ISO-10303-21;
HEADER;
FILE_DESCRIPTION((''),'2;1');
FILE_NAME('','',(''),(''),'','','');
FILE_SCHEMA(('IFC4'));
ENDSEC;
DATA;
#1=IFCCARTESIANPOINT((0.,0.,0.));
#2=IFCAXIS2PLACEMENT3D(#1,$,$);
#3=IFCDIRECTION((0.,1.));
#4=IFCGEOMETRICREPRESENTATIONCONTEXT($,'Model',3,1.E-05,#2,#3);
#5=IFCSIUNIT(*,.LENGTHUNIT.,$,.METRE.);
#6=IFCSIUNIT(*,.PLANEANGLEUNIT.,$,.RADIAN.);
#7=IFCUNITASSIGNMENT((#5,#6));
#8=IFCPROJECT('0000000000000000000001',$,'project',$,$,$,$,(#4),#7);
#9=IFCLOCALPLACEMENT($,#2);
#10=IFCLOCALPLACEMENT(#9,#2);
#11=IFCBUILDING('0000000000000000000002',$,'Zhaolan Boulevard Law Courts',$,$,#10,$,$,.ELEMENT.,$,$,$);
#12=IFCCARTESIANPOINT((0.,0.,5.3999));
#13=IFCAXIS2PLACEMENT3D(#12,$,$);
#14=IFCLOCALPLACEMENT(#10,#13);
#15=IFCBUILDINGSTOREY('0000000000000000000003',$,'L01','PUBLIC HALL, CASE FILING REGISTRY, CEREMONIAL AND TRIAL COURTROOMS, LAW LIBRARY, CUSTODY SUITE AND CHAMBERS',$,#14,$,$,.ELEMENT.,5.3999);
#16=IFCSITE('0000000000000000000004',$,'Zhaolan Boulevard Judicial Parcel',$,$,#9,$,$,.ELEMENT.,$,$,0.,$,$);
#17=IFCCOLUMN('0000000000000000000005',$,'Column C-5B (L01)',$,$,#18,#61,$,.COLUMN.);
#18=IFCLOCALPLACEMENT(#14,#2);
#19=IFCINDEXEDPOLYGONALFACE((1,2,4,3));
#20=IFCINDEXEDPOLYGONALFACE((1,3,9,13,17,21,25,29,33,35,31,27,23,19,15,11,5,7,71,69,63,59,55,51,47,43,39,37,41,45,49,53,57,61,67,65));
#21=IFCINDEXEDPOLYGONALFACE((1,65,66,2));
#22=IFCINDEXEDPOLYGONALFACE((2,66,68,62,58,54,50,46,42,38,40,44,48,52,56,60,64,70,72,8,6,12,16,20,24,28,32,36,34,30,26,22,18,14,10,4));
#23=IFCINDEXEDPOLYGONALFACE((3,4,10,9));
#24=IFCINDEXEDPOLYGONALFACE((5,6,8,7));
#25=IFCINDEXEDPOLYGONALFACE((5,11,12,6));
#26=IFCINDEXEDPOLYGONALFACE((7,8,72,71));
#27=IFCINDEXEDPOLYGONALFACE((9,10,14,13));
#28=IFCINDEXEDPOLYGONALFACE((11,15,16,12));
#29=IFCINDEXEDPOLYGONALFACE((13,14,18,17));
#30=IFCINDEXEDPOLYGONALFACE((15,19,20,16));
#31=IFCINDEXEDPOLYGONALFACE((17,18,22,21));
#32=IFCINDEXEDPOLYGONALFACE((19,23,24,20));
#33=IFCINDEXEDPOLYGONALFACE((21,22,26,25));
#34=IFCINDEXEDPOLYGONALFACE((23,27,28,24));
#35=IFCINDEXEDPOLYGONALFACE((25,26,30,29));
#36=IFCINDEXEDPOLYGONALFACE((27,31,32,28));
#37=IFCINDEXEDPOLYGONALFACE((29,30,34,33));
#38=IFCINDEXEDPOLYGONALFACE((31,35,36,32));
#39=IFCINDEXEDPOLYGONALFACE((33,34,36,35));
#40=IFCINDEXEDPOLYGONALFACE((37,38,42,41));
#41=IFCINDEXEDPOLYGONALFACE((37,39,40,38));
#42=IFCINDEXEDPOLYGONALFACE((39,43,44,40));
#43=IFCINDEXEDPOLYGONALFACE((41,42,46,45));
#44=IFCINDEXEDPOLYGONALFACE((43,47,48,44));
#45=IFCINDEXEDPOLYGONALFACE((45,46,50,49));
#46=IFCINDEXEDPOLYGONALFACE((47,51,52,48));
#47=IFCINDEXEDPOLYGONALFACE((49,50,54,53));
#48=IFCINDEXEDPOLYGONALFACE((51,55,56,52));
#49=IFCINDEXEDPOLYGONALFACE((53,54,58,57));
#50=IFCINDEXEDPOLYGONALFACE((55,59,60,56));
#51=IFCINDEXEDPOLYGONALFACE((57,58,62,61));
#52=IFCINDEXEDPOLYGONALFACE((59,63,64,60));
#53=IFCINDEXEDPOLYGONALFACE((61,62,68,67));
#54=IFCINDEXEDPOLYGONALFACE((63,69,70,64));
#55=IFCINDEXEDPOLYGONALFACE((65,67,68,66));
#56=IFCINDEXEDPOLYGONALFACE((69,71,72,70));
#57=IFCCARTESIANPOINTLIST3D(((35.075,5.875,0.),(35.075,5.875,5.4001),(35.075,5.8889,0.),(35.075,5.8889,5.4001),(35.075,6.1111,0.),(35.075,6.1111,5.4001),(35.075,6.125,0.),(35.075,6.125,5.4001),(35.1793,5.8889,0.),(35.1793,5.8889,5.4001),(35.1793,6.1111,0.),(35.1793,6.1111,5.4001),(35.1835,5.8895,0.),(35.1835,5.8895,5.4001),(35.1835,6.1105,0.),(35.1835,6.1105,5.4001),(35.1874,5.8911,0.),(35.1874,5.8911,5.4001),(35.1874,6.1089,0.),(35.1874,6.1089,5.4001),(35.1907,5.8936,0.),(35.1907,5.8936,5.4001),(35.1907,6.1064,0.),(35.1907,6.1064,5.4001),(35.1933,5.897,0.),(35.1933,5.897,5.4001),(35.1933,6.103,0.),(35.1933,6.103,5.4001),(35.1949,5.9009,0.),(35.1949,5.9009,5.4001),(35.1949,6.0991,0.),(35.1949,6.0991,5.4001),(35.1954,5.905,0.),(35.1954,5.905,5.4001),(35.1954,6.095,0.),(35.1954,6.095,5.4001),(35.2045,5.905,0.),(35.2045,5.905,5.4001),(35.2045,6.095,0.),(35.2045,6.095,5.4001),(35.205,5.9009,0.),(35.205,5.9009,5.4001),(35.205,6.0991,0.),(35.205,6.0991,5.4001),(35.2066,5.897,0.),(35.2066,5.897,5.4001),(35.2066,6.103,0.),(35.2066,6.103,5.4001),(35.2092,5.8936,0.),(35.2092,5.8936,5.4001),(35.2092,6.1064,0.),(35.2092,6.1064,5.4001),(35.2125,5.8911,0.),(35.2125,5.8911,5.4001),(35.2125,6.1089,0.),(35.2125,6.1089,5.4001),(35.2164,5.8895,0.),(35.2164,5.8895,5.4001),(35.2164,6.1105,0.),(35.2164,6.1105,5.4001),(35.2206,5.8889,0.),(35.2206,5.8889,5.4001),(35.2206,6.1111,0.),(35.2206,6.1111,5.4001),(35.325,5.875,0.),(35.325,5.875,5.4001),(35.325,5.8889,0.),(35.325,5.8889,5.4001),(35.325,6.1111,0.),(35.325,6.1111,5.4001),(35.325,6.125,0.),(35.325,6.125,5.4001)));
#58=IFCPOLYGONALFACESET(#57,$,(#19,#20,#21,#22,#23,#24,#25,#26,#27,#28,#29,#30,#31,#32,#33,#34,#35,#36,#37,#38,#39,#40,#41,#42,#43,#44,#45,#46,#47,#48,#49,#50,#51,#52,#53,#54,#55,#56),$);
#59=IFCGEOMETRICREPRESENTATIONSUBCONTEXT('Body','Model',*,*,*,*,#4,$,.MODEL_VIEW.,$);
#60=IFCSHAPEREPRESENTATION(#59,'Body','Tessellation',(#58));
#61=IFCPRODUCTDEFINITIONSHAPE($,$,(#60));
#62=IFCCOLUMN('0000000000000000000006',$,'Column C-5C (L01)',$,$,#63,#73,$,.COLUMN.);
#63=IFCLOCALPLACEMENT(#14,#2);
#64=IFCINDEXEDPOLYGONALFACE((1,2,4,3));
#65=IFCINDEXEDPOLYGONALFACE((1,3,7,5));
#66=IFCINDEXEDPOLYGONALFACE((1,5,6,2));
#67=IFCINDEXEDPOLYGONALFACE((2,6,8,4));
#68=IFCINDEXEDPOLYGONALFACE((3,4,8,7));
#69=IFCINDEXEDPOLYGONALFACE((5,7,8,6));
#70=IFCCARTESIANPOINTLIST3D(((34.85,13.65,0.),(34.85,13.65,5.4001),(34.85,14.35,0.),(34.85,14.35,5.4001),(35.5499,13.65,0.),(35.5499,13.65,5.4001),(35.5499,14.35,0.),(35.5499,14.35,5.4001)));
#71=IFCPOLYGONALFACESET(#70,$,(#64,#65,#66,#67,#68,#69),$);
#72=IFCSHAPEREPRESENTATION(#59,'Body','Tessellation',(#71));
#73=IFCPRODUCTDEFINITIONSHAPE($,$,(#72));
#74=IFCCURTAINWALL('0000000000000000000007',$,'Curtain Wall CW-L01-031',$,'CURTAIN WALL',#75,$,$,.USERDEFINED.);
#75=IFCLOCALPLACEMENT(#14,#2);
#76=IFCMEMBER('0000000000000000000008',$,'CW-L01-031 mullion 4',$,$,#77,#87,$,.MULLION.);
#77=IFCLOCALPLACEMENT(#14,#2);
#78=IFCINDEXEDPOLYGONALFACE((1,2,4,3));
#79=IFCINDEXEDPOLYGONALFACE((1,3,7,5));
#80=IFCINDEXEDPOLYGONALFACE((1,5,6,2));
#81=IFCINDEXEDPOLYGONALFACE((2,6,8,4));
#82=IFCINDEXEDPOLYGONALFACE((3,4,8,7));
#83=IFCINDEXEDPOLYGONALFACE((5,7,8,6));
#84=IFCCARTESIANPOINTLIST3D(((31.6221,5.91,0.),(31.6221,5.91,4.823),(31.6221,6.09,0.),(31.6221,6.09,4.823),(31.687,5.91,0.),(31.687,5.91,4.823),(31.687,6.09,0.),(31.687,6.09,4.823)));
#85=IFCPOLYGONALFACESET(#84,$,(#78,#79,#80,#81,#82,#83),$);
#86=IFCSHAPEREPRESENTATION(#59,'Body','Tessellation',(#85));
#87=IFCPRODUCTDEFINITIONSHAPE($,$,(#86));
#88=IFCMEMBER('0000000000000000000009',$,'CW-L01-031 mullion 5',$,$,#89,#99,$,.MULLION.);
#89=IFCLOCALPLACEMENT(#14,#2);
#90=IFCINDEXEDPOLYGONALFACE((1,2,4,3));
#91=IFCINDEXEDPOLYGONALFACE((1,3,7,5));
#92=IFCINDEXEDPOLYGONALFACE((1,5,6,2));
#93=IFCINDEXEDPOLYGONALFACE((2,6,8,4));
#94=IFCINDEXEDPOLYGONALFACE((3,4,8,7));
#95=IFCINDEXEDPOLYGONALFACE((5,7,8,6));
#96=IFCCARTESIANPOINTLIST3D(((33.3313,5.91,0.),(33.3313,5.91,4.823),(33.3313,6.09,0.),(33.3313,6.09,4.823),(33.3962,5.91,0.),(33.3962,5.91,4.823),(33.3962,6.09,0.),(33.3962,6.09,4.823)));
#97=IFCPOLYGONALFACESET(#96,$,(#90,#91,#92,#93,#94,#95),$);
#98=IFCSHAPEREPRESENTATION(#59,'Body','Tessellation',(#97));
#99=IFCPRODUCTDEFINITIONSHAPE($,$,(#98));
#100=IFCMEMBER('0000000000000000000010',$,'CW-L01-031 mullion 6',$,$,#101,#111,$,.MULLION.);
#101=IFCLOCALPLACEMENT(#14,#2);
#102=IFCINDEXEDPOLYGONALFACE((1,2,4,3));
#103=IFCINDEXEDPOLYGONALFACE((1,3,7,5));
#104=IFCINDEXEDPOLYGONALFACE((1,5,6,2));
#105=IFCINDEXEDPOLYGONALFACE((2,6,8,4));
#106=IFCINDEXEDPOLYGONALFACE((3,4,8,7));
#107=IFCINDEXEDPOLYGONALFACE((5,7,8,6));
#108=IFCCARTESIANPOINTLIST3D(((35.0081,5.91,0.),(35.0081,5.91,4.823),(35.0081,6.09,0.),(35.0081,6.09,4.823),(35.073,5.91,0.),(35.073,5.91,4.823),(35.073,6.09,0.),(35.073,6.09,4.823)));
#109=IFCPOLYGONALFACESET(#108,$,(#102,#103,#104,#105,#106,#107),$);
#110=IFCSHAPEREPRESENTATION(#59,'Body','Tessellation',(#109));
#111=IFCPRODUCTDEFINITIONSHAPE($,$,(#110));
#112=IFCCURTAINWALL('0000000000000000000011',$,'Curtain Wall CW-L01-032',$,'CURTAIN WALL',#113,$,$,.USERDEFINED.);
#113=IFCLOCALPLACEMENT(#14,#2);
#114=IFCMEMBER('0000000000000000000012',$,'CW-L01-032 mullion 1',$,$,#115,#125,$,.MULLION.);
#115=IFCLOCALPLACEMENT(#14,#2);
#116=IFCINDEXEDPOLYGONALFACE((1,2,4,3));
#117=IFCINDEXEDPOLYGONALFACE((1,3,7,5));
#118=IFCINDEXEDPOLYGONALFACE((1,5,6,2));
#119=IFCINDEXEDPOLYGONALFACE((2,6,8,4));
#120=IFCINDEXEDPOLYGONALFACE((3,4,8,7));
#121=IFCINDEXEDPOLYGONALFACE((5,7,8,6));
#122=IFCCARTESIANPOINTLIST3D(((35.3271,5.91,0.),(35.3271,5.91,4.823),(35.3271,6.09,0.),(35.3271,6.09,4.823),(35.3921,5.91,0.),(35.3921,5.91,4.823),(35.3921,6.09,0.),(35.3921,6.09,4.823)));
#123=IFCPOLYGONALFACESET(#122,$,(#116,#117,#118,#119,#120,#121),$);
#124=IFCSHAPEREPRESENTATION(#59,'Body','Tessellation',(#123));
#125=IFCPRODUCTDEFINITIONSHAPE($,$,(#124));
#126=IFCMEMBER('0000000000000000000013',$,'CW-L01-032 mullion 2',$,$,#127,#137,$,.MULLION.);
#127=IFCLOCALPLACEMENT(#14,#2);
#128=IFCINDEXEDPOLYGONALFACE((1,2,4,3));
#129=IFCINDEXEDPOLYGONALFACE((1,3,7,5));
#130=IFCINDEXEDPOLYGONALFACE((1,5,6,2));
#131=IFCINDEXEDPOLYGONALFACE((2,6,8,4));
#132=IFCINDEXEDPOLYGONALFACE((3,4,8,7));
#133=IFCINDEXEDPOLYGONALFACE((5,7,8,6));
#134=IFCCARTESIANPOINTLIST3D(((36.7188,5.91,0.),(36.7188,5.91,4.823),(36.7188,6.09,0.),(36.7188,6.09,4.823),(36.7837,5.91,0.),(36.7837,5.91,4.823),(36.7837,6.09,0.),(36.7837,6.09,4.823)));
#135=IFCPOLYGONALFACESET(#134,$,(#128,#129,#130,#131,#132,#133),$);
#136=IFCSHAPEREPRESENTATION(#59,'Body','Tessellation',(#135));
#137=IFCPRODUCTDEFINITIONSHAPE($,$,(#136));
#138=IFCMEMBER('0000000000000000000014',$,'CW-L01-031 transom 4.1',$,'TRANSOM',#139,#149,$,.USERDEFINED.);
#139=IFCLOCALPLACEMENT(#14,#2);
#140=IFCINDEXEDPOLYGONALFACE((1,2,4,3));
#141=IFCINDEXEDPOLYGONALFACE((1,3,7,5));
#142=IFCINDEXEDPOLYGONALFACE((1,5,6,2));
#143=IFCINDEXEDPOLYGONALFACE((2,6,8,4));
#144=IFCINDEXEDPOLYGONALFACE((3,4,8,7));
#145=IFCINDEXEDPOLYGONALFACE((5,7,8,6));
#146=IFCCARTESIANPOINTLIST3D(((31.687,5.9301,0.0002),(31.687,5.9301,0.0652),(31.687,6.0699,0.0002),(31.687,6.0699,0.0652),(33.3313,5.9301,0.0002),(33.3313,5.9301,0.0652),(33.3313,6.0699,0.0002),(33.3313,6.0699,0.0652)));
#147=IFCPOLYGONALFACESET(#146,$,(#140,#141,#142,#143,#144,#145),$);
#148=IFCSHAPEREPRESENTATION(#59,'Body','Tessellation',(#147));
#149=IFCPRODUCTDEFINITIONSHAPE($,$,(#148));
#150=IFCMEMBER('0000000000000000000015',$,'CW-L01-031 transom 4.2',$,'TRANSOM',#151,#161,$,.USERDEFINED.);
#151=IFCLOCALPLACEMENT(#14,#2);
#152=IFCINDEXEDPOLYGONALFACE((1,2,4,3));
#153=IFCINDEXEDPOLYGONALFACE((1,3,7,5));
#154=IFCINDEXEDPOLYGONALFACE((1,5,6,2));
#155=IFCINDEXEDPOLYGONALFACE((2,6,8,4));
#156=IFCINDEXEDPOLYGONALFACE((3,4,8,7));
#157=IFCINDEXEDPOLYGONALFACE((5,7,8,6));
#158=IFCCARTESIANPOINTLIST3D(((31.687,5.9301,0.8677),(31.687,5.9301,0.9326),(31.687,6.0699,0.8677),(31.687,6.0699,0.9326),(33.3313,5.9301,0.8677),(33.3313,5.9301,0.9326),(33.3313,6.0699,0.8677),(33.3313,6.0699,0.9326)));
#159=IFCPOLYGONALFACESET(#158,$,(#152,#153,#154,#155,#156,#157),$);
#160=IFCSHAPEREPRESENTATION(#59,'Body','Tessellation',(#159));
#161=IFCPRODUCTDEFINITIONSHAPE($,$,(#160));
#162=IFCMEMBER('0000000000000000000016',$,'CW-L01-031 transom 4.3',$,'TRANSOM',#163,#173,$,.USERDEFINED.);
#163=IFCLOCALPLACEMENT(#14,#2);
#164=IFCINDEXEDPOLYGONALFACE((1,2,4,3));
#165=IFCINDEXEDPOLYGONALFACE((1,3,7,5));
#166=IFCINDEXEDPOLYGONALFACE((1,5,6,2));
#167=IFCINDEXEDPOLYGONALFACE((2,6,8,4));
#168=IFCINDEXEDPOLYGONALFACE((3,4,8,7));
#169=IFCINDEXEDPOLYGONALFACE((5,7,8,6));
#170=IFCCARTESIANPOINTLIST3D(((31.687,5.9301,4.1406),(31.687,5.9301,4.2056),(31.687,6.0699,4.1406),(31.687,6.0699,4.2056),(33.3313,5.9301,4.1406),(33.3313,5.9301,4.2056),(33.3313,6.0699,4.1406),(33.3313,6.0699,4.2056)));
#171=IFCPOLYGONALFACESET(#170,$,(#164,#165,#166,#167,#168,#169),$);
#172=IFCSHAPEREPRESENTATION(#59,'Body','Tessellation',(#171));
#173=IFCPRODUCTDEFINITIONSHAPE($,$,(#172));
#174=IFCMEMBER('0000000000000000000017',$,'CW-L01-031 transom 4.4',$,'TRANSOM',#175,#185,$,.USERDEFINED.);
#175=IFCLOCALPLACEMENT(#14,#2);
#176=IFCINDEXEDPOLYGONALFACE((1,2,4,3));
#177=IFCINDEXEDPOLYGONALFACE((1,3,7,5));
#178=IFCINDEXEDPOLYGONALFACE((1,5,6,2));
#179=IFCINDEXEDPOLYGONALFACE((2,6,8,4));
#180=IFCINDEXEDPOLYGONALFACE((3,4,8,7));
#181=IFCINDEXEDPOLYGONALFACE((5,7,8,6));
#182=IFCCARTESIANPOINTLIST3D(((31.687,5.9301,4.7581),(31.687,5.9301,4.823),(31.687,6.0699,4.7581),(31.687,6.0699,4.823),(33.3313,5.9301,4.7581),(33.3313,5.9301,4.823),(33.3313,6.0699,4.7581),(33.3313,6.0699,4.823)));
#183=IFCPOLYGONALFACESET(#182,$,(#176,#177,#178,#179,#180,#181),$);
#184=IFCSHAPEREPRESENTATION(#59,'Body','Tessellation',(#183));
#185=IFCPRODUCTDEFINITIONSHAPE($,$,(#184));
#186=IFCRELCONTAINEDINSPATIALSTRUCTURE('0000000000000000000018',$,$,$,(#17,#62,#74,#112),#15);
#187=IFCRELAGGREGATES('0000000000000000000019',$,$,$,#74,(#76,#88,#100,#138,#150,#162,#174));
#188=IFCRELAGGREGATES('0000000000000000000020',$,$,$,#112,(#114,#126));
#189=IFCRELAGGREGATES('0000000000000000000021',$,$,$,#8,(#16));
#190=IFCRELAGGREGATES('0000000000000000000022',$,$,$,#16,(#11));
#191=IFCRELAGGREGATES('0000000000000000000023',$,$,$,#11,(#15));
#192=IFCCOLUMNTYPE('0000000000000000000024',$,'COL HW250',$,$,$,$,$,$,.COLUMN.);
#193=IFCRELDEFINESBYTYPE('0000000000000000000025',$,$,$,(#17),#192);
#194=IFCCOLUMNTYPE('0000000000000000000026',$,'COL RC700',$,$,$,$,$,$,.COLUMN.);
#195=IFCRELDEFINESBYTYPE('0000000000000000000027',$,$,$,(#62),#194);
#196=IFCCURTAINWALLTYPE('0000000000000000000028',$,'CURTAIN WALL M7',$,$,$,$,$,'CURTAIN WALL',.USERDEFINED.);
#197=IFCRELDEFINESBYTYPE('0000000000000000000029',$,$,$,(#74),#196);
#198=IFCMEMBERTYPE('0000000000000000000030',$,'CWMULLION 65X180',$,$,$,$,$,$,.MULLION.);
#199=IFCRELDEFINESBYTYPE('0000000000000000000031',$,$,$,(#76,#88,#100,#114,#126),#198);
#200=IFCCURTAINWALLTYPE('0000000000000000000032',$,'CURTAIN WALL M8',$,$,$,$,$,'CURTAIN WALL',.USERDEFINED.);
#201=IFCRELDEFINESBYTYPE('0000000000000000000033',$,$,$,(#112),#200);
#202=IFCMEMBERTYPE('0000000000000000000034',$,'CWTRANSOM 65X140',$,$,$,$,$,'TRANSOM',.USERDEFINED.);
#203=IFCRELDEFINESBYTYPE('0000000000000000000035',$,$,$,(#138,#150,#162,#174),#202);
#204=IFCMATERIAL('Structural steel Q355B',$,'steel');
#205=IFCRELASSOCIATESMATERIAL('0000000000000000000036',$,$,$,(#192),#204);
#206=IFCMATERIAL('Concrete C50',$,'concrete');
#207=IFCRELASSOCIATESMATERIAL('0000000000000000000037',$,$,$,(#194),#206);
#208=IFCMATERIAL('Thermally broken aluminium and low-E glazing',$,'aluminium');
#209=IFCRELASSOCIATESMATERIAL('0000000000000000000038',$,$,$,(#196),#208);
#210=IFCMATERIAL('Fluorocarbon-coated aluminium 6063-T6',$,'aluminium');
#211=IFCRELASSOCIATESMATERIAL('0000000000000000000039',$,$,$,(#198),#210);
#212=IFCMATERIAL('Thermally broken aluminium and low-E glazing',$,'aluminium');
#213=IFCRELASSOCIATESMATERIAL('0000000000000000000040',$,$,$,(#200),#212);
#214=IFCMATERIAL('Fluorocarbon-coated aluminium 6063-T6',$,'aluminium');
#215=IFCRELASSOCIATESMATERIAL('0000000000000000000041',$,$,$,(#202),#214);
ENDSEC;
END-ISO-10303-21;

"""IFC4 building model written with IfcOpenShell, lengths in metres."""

from ifc_helpers import new_model, si_unit, direction, frame, origin, origin_2d, place, context, subcontext, project, spatial, rectangle, i_section, extrude, material, material_profile, profile_set, type_object, element, aggregate, save


model = new_model("IFC4")

# Units and contexts
model_context = context("Model", 3, precision=1e-05, world=origin(), true_north=direction((0.0, 1.0)))
body_context = subcontext(model_context, "Body", "Model", "MODEL_VIEW")
ifc_project = project(units=[si_unit("LENGTHUNIT", "METRE"), si_unit("PLANEANGLEUNIT", "RADIAN")], contexts=[model_context])

# Site, building, storey
site_placement = place(None, origin())
site = spatial("IfcSite", under=ifc_project, at=site_placement, Name="Zhaolan Boulevard Judicial Parcel", CompositionType="ELEMENT", RefElevation=0.0)
building_placement = place(site_placement, origin())
building = spatial("IfcBuilding", under=site, at=building_placement, Name="Zhaolan Boulevard Law Courts", CompositionType="ELEMENT")
storey_placement = place(building_placement, frame((0.0, 0.0, 5.3999)))
storey = spatial("IfcBuildingStorey", under=building, at=storey_placement, Name="L01", Description="PUBLIC HALL, CASE FILING REGISTRY, CEREMONIAL AND TRIAL COURTROOMS, LAW LIBRARY, CUSTODY SUITE AND CHAMBERS", CompositionType="ELEMENT", Elevation=5.3999)

# Columns
ifc_material_1 = material(Name="Structural steel Q355B", Category="steel")
ifc_material_profile_1 = material_profile(ifc_material_1, i_section(OverallWidth=0.25, OverallDepth=0.25, WebThickness=0.009, FlangeThickness=0.0139, FilletRadius=0.0161, at=origin_2d()), Name="HW250x250")
ifc_profile_set_1 = profile_set([ifc_material_profile_1], Name="Structural steel Q355B")
column_type_1 = type_object("IfcColumnType", Name="COL HW250", PredefinedType="COLUMN", material=ifc_profile_set_1)
column_1_placement = place(storey_placement, frame((35.2, 6.0, 0.0), z_axis=(0.0, 0.0, 1.0), x_axis=(1.0, 0.0, 0.0)))
element("IfcColumn", 1, at=column_1_placement, inside=storey, type_object=column_type_1, Name="Column C-5B (L01)", PredefinedType="COLUMN", context=body_context, shape_type="SweptSolid", body=[
    extrude(i_section(OverallWidth=0.25, OverallDepth=0.25, WebThickness=0.009, FlangeThickness=0.0139, FilletRadius=0.0161, at=origin_2d()), origin(), (0.0, 0.0, 1.0), 5.4001),
])
ifc_material_2 = material(Name="Concrete C50", Category="concrete")
ifc_material_profile_2 = material_profile(ifc_material_2, rectangle(XDim=0.7, YDim=0.7, at=origin_2d()), Name="RC700x700")
ifc_profile_set_2 = profile_set([ifc_material_profile_2], Name="Concrete C50")
column_type_2 = type_object("IfcColumnType", Name="COL RC700", PredefinedType="COLUMN", material=ifc_profile_set_2)
column_2_placement = place(storey_placement, frame((35.2, 14.0, 0.0), z_axis=(0.0, 0.0, 1.0), x_axis=(1.0, 0.0, 0.0)))
element("IfcColumn", 2, at=column_2_placement, inside=storey, type_object=column_type_2, Name="Column C-5C (L01)", PredefinedType="COLUMN", context=body_context, shape_type="SweptSolid", body=[
    extrude(rectangle(XDim=0.7, YDim=0.7, at=origin_2d()), origin(), (0.0, 0.0, 1.0), 5.4001),
])

# Curtain walls, members
ifc_material_3 = material(Name="Thermally broken aluminium and low-E glazing", Category="aluminium")
curtain_wall_type_1 = type_object("IfcCurtainWallType", Name="CURTAIN WALL M7", ElementType="CURTAIN WALL", PredefinedType="USERDEFINED", material=ifc_material_3)
curtain_wall_1_placement = place(storey_placement, origin())
curtain_wall_1 = element("IfcCurtainWall", 3, at=curtain_wall_1_placement, inside=storey, type_object=curtain_wall_type_1, Name="Curtain Wall CW-L01-031", ObjectType="CURTAIN WALL", PredefinedType="USERDEFINED")
ifc_material_4 = material(Name="Fluorocarbon-coated aluminium 6063-T6", Category="aluminium")
ifc_material_profile_3 = material_profile(ifc_material_4, rectangle(XDim=0.1799, YDim=0.0649, at=origin_2d()), Name="AL65x180")
ifc_profile_set_3 = profile_set([ifc_material_profile_3], Name="Fluorocarbon-coated aluminium 6063-T6")
member_type_1 = type_object("IfcMemberType", Name="CWMULLION 65X180", PredefinedType="MULLION", material=ifc_profile_set_3)
member_1_placement = place(storey_placement, frame((31.6545, 6.0, 0.0), z_axis=(0.0, 0.0, 1.0), x_axis=(0.0, 1.0, 0.0)))
member_1 = element("IfcMember", 4, at=member_1_placement, type_object=member_type_1, Name="CW-L01-031 mullion 4", PredefinedType="MULLION", context=body_context, shape_type="SweptSolid", body=[
    extrude(rectangle(XDim=0.1799, YDim=0.0649, at=origin_2d()), origin(), (0.0, 0.0, 1.0), 4.823),
])
member_2_placement = place(storey_placement, frame((33.3638, 6.0, 0.0), z_axis=(0.0, 0.0, 1.0), x_axis=(0.0, 1.0, 0.0)))
member_2 = element("IfcMember", 5, at=member_2_placement, type_object=member_type_1, Name="CW-L01-031 mullion 5", PredefinedType="MULLION", context=body_context, shape_type="SweptSolid", body=[
    extrude(rectangle(XDim=0.1799, YDim=0.0649, at=origin_2d()), origin(), (0.0, 0.0, 1.0), 4.823),
])
member_3_placement = place(storey_placement, frame((35.0405, 6.0, 0.0), z_axis=(0.0, 0.0, 1.0), x_axis=(0.0, 1.0, 0.0)))
member_3 = element("IfcMember", 6, at=member_3_placement, type_object=member_type_1, Name="CW-L01-031 mullion 6", PredefinedType="MULLION", context=body_context, shape_type="SweptSolid", body=[
    extrude(rectangle(XDim=0.1799, YDim=0.0649, at=origin_2d()), origin(), (0.0, 0.0, 1.0), 4.823),
])
ifc_material_5 = material(Name="Thermally broken aluminium and low-E glazing", Category="aluminium")
curtain_wall_type_2 = type_object("IfcCurtainWallType", Name="CURTAIN WALL M8", ElementType="CURTAIN WALL", PredefinedType="USERDEFINED", material=ifc_material_5)
curtain_wall_2_placement = place(storey_placement, origin())
curtain_wall_2 = element("IfcCurtainWall", 7, at=curtain_wall_2_placement, inside=storey, type_object=curtain_wall_type_2, Name="Curtain Wall CW-L01-032", ObjectType="CURTAIN WALL", PredefinedType="USERDEFINED")
member_4_placement = place(storey_placement, frame((35.3596, 6.0, 0.0), z_axis=(0.0, 0.0, 1.0), x_axis=(0.0, 1.0, 0.0)))
member_4 = element("IfcMember", 8, at=member_4_placement, type_object=member_type_1, Name="CW-L01-032 mullion 1", PredefinedType="MULLION", context=body_context, shape_type="SweptSolid", body=[
    extrude(rectangle(XDim=0.1799, YDim=0.0649, at=origin_2d()), origin(), (0.0, 0.0, 1.0), 4.823),
])
member_5_placement = place(storey_placement, frame((36.7512, 6.0, 0.0), z_axis=(0.0, 0.0, 1.0), x_axis=(0.0, 1.0, 0.0)))
member_5 = element("IfcMember", 9, at=member_5_placement, type_object=member_type_1, Name="CW-L01-032 mullion 2", PredefinedType="MULLION", context=body_context, shape_type="SweptSolid", body=[
    extrude(rectangle(XDim=0.1799, YDim=0.0649, at=origin_2d()), origin(), (0.0, 0.0, 1.0), 4.823),
])

# Members
ifc_material_6 = material(Name="Fluorocarbon-coated aluminium 6063-T6", Category="aluminium")
ifc_material_profile_4 = material_profile(ifc_material_6, rectangle(XDim=0.1399, YDim=0.0649, at=origin_2d()), Name="AL65x140")
ifc_profile_set_4 = profile_set([ifc_material_profile_4], Name="Fluorocarbon-coated aluminium 6063-T6")
member_type_2 = type_object("IfcMemberType", Name="CWTRANSOM 65X140", ElementType="TRANSOM", PredefinedType="USERDEFINED", material=ifc_profile_set_4)
member_6_placement = place(storey_placement, frame((31.687, 6.0, 0.0327), z_axis=(1.0, 0.0, 0.0), x_axis=(0.0, 1.0, 0.0)))
member_6 = element("IfcMember", 10, at=member_6_placement, type_object=member_type_2, Name="CW-L01-031 transom 4.1", ObjectType="TRANSOM", PredefinedType="USERDEFINED", context=body_context, shape_type="SweptSolid", body=[
    extrude(rectangle(XDim=0.1399, YDim=0.0649, at=origin_2d()), origin(), (0.0, 0.0, 1.0), 1.6443),
])
member_7_placement = place(storey_placement, frame((31.687, 6.0, 0.9001), z_axis=(1.0, 0.0, 0.0), x_axis=(0.0, 1.0, 0.0)))
member_7 = element("IfcMember", 11, at=member_7_placement, type_object=member_type_2, Name="CW-L01-031 transom 4.2", ObjectType="TRANSOM", PredefinedType="USERDEFINED", context=body_context, shape_type="SweptSolid", body=[
    extrude(rectangle(XDim=0.1399, YDim=0.0649, at=origin_2d()), origin(), (0.0, 0.0, 1.0), 1.6443),
])
member_8_placement = place(storey_placement, frame((31.687, 6.0, 4.1731), z_axis=(1.0, 0.0, 0.0), x_axis=(0.0, 1.0, 0.0)))
member_8 = element("IfcMember", 12, at=member_8_placement, type_object=member_type_2, Name="CW-L01-031 transom 4.3", ObjectType="TRANSOM", PredefinedType="USERDEFINED", context=body_context, shape_type="SweptSolid", body=[
    extrude(rectangle(XDim=0.1399, YDim=0.0649, at=origin_2d()), origin(), (0.0, 0.0, 1.0), 1.6443),
])
member_9_placement = place(storey_placement, frame((31.687, 6.0, 4.7905), z_axis=(1.0, 0.0, 0.0), x_axis=(0.0, 1.0, 0.0)))
member_9 = element("IfcMember", 13, at=member_9_placement, type_object=member_type_2, Name="CW-L01-031 transom 4.4", ObjectType="TRANSOM", PredefinedType="USERDEFINED", context=body_context, shape_type="SweptSolid", body=[
    extrude(rectangle(XDim=0.1399, YDim=0.0649, at=origin_2d()), origin(), (0.0, 0.0, 1.0), 1.6443),
])

aggregate(curtain_wall_1, [member_1, member_2, member_3, member_6, member_7, member_8, member_9])
aggregate(curtain_wall_2, [member_4, member_5])

save(model, "model.ifc")
